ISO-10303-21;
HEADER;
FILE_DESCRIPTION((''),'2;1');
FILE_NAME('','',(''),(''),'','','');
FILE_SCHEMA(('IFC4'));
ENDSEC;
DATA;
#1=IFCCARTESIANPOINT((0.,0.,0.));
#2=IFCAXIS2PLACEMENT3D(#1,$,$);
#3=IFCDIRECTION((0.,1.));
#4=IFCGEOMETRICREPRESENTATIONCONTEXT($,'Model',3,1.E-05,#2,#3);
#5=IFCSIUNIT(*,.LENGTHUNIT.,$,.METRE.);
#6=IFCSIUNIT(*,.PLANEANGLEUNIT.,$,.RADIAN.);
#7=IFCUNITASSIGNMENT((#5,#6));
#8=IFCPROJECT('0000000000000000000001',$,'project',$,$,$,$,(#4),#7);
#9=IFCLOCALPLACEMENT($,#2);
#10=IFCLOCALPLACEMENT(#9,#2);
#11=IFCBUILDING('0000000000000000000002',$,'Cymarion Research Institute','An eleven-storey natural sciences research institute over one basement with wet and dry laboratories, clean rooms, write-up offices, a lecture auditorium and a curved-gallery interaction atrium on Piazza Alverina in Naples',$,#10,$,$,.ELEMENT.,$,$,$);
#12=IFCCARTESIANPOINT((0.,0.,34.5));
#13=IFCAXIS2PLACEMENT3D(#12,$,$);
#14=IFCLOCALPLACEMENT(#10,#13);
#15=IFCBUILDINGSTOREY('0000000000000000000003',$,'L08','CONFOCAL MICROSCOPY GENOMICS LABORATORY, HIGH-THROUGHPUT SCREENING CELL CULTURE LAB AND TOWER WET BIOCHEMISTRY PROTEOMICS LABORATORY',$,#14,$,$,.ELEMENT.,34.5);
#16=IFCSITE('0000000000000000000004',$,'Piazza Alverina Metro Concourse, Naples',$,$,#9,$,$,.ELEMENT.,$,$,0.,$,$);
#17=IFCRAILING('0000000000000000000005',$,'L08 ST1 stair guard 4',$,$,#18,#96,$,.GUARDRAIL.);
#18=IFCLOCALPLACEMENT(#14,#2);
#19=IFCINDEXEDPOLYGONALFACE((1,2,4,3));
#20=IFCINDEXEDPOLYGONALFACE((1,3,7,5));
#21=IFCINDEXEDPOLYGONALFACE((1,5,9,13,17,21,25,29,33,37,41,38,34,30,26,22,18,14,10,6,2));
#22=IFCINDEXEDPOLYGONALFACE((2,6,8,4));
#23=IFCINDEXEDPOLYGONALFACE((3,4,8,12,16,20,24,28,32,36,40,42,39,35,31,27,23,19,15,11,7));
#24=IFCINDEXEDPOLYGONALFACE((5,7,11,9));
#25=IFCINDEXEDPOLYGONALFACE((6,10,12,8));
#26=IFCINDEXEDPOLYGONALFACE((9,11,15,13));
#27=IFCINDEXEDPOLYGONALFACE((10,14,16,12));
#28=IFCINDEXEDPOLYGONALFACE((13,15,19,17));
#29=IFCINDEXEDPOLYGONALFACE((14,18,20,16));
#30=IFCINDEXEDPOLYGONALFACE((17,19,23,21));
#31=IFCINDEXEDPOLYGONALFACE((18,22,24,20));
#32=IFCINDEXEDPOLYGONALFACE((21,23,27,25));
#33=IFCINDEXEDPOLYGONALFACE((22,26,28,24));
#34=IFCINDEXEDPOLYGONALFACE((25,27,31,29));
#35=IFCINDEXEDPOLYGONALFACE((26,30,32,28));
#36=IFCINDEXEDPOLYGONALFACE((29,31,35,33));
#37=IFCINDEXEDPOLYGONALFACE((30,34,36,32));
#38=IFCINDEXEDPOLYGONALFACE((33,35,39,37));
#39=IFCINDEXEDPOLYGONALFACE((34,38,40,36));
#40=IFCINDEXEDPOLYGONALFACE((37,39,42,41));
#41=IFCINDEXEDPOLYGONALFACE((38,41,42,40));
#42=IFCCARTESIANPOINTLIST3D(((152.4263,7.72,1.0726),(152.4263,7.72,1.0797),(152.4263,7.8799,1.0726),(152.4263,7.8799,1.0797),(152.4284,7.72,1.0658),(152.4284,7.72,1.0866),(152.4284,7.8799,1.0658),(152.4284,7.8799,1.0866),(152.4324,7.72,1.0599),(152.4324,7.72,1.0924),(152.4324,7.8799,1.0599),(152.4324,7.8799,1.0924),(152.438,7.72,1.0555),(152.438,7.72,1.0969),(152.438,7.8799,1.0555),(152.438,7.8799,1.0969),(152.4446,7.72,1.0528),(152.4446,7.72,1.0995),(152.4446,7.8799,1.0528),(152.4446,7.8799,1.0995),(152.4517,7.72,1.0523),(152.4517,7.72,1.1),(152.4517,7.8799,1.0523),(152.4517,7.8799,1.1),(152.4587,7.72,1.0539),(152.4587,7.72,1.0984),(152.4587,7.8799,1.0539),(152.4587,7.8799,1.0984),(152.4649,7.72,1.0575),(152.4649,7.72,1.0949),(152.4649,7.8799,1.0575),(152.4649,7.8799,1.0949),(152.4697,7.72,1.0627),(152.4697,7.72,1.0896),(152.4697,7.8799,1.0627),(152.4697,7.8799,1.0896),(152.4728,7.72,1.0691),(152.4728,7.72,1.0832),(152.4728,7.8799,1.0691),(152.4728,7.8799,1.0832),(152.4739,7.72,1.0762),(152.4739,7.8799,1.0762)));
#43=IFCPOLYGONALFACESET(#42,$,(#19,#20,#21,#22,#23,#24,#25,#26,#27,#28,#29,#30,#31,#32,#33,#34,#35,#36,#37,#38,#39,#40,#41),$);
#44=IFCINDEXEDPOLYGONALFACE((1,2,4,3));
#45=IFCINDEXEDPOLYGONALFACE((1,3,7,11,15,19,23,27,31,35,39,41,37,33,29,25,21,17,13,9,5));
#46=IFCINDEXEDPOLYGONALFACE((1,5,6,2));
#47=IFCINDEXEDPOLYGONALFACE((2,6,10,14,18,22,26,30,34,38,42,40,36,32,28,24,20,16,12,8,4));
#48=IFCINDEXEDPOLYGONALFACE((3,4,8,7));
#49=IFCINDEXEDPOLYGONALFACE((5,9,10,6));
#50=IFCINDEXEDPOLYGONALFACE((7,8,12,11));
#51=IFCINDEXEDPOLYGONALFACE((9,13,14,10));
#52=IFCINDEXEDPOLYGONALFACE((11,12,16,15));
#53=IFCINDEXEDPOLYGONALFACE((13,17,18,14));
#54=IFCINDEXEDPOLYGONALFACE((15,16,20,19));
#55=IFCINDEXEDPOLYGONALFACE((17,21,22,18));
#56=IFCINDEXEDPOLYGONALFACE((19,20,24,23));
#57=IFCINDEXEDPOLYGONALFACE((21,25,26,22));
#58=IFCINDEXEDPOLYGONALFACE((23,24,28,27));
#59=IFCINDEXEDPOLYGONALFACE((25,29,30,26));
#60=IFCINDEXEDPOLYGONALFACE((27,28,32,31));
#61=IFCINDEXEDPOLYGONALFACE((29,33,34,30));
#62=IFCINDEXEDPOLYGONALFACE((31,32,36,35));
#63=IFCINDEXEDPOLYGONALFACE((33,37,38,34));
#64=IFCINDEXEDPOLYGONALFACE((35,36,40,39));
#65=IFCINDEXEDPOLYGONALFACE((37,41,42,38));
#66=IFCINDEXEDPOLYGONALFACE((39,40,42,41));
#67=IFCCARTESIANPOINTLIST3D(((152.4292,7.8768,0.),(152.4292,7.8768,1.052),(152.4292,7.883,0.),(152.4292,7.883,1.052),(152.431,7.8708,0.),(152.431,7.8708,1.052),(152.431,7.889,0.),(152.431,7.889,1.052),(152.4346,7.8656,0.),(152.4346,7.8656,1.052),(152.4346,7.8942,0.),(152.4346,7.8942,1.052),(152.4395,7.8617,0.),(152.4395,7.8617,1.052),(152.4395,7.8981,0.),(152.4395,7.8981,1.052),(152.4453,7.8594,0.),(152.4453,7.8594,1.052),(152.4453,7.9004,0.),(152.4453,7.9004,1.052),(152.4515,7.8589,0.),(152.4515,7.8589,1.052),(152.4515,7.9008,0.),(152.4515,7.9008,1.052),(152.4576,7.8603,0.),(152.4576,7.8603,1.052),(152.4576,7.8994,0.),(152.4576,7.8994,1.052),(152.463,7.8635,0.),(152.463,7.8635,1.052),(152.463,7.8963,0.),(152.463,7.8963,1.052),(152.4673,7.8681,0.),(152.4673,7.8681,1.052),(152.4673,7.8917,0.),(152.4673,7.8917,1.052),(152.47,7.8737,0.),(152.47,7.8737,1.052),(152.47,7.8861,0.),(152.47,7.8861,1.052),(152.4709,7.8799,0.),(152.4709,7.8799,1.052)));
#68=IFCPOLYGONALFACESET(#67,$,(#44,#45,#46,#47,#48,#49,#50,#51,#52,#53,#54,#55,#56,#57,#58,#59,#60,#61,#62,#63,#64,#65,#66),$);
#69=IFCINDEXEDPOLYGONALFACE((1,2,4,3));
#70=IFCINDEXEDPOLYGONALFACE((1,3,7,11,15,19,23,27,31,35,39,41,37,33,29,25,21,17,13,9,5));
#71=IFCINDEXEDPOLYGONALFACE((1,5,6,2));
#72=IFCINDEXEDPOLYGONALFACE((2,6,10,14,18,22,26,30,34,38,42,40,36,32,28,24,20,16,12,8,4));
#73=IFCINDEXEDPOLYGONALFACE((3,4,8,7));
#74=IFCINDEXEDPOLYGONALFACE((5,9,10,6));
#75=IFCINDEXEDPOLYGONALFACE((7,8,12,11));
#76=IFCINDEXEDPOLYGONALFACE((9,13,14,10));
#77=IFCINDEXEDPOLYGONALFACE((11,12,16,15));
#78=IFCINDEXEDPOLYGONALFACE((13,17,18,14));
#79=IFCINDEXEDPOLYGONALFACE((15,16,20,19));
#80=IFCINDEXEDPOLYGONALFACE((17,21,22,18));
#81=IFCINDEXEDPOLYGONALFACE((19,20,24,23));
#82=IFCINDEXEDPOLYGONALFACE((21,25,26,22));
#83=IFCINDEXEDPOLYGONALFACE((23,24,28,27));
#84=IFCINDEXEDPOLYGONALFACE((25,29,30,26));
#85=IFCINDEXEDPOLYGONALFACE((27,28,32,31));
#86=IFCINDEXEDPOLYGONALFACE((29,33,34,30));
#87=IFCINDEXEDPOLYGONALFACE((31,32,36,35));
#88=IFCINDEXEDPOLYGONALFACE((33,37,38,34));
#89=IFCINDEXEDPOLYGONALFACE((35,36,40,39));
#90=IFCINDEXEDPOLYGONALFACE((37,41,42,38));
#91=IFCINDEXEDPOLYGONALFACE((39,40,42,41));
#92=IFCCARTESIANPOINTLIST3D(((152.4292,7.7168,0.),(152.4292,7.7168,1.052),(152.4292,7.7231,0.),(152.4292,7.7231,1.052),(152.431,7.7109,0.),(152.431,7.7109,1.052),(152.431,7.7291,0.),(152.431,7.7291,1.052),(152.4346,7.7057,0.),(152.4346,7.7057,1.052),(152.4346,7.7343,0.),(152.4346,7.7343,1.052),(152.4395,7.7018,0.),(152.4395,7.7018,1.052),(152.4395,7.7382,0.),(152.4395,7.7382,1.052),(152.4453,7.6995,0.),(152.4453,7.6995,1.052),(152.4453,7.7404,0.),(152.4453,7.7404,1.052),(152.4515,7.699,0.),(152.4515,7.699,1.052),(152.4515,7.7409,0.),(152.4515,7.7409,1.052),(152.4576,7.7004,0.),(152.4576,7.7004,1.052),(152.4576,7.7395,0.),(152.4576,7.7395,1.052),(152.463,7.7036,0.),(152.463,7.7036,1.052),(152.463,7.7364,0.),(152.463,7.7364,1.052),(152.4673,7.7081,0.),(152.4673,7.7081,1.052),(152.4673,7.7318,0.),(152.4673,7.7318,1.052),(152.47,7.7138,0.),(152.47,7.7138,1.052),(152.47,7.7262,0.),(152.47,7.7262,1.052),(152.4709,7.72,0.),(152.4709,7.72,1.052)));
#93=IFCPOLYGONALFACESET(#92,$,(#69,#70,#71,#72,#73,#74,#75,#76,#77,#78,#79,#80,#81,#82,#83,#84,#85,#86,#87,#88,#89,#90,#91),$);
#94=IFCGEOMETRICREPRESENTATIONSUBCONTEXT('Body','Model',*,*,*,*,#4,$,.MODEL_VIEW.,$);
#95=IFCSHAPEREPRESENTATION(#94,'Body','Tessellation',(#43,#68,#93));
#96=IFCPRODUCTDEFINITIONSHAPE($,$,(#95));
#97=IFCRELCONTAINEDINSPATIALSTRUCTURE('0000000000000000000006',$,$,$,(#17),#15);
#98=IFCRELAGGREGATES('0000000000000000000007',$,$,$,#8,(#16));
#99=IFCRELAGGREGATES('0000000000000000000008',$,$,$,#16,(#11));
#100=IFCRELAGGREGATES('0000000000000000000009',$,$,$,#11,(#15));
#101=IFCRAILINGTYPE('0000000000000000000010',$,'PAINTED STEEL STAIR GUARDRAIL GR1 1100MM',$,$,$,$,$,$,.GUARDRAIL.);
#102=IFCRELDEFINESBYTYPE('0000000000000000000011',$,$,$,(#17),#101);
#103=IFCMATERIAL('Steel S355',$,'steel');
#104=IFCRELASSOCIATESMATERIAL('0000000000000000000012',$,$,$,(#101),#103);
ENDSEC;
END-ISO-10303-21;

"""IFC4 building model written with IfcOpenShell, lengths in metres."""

from ifc_helpers import new_model, si_unit, direction, frame, origin, origin_2d, place, context, subcontext, project, spatial, circle, extrude, material, type_object, element, save


model = new_model("IFC4")

# Units and contexts
model_context = context("Model", 3, precision=1e-05, world=origin(), true_north=direction((0.0, 1.0)))
body_context = subcontext(model_context, "Body", "Model", "MODEL_VIEW")
ifc_project = project(units=[si_unit("LENGTHUNIT", "METRE"), si_unit("PLANEANGLEUNIT", "RADIAN")], contexts=[model_context])

# Site, building, storey
site_placement = place(None, origin())
site = spatial("IfcSite", under=ifc_project, at=site_placement, Name="Piazza Alverina Metro Concourse, Naples", CompositionType="ELEMENT", RefElevation=0.0)
building_placement = place(site_placement, origin())
building = spatial("IfcBuilding", under=site, at=building_placement, Name="Cymarion Research Institute", Description="An eleven-storey natural sciences research institute over one basement with wet and dry laboratories, clean rooms, write-up offices, a lecture auditorium and a curved-gallery interaction atrium on Piazza Alverina in Naples", CompositionType="ELEMENT")
storey_placement = place(building_placement, frame((0.0, 0.0, 34.5)))
storey = spatial("IfcBuildingStorey", under=building, at=storey_placement, Name="L08", Description="CONFOCAL MICROSCOPY GENOMICS LABORATORY, HIGH-THROUGHPUT SCREENING CELL CULTURE LAB AND TOWER WET BIOCHEMISTRY PROTEOMICS LABORATORY", CompositionType="ELEMENT", Elevation=34.5)

# Railing
ifc_material_1 = material(Name="Steel S355", Category="steel")
railing_type_1 = type_object("IfcRailingType", Name="PAINTED STEEL STAIR GUARDRAIL GR1 1100MM", PredefinedType="GUARDRAIL", material=ifc_material_1)
railing_1_placement = place(storey_placement, frame((152.45, 7.8799, 0.0)))
element("IfcRailing", 1, at=railing_1_placement, inside=storey, type_object=railing_type_1, Name="L08 ST1 stair guard 4", PredefinedType="GUARDRAIL", context=body_context, shape_type="SweptSolid", body=[
    extrude(circle(Radius=0.0239, at=origin_2d()), frame((0.0, 0.0, 1.0762), z_axis=(0.0, -1.0, 0.0), x_axis=(1.0, 0.0, 0.0)), (0.0, 0.0, 1.0), 0.1599),
    extrude(circle(Radius=0.021, at=origin_2d()), origin(), (0.0, 0.0, 1.0), 1.052),
    extrude(circle(Radius=0.021, at=origin_2d()), frame((0.0, -0.1599, 0.0)), (0.0, 0.0, 1.0), 1.052),
])

save(model, "model.ifc")
